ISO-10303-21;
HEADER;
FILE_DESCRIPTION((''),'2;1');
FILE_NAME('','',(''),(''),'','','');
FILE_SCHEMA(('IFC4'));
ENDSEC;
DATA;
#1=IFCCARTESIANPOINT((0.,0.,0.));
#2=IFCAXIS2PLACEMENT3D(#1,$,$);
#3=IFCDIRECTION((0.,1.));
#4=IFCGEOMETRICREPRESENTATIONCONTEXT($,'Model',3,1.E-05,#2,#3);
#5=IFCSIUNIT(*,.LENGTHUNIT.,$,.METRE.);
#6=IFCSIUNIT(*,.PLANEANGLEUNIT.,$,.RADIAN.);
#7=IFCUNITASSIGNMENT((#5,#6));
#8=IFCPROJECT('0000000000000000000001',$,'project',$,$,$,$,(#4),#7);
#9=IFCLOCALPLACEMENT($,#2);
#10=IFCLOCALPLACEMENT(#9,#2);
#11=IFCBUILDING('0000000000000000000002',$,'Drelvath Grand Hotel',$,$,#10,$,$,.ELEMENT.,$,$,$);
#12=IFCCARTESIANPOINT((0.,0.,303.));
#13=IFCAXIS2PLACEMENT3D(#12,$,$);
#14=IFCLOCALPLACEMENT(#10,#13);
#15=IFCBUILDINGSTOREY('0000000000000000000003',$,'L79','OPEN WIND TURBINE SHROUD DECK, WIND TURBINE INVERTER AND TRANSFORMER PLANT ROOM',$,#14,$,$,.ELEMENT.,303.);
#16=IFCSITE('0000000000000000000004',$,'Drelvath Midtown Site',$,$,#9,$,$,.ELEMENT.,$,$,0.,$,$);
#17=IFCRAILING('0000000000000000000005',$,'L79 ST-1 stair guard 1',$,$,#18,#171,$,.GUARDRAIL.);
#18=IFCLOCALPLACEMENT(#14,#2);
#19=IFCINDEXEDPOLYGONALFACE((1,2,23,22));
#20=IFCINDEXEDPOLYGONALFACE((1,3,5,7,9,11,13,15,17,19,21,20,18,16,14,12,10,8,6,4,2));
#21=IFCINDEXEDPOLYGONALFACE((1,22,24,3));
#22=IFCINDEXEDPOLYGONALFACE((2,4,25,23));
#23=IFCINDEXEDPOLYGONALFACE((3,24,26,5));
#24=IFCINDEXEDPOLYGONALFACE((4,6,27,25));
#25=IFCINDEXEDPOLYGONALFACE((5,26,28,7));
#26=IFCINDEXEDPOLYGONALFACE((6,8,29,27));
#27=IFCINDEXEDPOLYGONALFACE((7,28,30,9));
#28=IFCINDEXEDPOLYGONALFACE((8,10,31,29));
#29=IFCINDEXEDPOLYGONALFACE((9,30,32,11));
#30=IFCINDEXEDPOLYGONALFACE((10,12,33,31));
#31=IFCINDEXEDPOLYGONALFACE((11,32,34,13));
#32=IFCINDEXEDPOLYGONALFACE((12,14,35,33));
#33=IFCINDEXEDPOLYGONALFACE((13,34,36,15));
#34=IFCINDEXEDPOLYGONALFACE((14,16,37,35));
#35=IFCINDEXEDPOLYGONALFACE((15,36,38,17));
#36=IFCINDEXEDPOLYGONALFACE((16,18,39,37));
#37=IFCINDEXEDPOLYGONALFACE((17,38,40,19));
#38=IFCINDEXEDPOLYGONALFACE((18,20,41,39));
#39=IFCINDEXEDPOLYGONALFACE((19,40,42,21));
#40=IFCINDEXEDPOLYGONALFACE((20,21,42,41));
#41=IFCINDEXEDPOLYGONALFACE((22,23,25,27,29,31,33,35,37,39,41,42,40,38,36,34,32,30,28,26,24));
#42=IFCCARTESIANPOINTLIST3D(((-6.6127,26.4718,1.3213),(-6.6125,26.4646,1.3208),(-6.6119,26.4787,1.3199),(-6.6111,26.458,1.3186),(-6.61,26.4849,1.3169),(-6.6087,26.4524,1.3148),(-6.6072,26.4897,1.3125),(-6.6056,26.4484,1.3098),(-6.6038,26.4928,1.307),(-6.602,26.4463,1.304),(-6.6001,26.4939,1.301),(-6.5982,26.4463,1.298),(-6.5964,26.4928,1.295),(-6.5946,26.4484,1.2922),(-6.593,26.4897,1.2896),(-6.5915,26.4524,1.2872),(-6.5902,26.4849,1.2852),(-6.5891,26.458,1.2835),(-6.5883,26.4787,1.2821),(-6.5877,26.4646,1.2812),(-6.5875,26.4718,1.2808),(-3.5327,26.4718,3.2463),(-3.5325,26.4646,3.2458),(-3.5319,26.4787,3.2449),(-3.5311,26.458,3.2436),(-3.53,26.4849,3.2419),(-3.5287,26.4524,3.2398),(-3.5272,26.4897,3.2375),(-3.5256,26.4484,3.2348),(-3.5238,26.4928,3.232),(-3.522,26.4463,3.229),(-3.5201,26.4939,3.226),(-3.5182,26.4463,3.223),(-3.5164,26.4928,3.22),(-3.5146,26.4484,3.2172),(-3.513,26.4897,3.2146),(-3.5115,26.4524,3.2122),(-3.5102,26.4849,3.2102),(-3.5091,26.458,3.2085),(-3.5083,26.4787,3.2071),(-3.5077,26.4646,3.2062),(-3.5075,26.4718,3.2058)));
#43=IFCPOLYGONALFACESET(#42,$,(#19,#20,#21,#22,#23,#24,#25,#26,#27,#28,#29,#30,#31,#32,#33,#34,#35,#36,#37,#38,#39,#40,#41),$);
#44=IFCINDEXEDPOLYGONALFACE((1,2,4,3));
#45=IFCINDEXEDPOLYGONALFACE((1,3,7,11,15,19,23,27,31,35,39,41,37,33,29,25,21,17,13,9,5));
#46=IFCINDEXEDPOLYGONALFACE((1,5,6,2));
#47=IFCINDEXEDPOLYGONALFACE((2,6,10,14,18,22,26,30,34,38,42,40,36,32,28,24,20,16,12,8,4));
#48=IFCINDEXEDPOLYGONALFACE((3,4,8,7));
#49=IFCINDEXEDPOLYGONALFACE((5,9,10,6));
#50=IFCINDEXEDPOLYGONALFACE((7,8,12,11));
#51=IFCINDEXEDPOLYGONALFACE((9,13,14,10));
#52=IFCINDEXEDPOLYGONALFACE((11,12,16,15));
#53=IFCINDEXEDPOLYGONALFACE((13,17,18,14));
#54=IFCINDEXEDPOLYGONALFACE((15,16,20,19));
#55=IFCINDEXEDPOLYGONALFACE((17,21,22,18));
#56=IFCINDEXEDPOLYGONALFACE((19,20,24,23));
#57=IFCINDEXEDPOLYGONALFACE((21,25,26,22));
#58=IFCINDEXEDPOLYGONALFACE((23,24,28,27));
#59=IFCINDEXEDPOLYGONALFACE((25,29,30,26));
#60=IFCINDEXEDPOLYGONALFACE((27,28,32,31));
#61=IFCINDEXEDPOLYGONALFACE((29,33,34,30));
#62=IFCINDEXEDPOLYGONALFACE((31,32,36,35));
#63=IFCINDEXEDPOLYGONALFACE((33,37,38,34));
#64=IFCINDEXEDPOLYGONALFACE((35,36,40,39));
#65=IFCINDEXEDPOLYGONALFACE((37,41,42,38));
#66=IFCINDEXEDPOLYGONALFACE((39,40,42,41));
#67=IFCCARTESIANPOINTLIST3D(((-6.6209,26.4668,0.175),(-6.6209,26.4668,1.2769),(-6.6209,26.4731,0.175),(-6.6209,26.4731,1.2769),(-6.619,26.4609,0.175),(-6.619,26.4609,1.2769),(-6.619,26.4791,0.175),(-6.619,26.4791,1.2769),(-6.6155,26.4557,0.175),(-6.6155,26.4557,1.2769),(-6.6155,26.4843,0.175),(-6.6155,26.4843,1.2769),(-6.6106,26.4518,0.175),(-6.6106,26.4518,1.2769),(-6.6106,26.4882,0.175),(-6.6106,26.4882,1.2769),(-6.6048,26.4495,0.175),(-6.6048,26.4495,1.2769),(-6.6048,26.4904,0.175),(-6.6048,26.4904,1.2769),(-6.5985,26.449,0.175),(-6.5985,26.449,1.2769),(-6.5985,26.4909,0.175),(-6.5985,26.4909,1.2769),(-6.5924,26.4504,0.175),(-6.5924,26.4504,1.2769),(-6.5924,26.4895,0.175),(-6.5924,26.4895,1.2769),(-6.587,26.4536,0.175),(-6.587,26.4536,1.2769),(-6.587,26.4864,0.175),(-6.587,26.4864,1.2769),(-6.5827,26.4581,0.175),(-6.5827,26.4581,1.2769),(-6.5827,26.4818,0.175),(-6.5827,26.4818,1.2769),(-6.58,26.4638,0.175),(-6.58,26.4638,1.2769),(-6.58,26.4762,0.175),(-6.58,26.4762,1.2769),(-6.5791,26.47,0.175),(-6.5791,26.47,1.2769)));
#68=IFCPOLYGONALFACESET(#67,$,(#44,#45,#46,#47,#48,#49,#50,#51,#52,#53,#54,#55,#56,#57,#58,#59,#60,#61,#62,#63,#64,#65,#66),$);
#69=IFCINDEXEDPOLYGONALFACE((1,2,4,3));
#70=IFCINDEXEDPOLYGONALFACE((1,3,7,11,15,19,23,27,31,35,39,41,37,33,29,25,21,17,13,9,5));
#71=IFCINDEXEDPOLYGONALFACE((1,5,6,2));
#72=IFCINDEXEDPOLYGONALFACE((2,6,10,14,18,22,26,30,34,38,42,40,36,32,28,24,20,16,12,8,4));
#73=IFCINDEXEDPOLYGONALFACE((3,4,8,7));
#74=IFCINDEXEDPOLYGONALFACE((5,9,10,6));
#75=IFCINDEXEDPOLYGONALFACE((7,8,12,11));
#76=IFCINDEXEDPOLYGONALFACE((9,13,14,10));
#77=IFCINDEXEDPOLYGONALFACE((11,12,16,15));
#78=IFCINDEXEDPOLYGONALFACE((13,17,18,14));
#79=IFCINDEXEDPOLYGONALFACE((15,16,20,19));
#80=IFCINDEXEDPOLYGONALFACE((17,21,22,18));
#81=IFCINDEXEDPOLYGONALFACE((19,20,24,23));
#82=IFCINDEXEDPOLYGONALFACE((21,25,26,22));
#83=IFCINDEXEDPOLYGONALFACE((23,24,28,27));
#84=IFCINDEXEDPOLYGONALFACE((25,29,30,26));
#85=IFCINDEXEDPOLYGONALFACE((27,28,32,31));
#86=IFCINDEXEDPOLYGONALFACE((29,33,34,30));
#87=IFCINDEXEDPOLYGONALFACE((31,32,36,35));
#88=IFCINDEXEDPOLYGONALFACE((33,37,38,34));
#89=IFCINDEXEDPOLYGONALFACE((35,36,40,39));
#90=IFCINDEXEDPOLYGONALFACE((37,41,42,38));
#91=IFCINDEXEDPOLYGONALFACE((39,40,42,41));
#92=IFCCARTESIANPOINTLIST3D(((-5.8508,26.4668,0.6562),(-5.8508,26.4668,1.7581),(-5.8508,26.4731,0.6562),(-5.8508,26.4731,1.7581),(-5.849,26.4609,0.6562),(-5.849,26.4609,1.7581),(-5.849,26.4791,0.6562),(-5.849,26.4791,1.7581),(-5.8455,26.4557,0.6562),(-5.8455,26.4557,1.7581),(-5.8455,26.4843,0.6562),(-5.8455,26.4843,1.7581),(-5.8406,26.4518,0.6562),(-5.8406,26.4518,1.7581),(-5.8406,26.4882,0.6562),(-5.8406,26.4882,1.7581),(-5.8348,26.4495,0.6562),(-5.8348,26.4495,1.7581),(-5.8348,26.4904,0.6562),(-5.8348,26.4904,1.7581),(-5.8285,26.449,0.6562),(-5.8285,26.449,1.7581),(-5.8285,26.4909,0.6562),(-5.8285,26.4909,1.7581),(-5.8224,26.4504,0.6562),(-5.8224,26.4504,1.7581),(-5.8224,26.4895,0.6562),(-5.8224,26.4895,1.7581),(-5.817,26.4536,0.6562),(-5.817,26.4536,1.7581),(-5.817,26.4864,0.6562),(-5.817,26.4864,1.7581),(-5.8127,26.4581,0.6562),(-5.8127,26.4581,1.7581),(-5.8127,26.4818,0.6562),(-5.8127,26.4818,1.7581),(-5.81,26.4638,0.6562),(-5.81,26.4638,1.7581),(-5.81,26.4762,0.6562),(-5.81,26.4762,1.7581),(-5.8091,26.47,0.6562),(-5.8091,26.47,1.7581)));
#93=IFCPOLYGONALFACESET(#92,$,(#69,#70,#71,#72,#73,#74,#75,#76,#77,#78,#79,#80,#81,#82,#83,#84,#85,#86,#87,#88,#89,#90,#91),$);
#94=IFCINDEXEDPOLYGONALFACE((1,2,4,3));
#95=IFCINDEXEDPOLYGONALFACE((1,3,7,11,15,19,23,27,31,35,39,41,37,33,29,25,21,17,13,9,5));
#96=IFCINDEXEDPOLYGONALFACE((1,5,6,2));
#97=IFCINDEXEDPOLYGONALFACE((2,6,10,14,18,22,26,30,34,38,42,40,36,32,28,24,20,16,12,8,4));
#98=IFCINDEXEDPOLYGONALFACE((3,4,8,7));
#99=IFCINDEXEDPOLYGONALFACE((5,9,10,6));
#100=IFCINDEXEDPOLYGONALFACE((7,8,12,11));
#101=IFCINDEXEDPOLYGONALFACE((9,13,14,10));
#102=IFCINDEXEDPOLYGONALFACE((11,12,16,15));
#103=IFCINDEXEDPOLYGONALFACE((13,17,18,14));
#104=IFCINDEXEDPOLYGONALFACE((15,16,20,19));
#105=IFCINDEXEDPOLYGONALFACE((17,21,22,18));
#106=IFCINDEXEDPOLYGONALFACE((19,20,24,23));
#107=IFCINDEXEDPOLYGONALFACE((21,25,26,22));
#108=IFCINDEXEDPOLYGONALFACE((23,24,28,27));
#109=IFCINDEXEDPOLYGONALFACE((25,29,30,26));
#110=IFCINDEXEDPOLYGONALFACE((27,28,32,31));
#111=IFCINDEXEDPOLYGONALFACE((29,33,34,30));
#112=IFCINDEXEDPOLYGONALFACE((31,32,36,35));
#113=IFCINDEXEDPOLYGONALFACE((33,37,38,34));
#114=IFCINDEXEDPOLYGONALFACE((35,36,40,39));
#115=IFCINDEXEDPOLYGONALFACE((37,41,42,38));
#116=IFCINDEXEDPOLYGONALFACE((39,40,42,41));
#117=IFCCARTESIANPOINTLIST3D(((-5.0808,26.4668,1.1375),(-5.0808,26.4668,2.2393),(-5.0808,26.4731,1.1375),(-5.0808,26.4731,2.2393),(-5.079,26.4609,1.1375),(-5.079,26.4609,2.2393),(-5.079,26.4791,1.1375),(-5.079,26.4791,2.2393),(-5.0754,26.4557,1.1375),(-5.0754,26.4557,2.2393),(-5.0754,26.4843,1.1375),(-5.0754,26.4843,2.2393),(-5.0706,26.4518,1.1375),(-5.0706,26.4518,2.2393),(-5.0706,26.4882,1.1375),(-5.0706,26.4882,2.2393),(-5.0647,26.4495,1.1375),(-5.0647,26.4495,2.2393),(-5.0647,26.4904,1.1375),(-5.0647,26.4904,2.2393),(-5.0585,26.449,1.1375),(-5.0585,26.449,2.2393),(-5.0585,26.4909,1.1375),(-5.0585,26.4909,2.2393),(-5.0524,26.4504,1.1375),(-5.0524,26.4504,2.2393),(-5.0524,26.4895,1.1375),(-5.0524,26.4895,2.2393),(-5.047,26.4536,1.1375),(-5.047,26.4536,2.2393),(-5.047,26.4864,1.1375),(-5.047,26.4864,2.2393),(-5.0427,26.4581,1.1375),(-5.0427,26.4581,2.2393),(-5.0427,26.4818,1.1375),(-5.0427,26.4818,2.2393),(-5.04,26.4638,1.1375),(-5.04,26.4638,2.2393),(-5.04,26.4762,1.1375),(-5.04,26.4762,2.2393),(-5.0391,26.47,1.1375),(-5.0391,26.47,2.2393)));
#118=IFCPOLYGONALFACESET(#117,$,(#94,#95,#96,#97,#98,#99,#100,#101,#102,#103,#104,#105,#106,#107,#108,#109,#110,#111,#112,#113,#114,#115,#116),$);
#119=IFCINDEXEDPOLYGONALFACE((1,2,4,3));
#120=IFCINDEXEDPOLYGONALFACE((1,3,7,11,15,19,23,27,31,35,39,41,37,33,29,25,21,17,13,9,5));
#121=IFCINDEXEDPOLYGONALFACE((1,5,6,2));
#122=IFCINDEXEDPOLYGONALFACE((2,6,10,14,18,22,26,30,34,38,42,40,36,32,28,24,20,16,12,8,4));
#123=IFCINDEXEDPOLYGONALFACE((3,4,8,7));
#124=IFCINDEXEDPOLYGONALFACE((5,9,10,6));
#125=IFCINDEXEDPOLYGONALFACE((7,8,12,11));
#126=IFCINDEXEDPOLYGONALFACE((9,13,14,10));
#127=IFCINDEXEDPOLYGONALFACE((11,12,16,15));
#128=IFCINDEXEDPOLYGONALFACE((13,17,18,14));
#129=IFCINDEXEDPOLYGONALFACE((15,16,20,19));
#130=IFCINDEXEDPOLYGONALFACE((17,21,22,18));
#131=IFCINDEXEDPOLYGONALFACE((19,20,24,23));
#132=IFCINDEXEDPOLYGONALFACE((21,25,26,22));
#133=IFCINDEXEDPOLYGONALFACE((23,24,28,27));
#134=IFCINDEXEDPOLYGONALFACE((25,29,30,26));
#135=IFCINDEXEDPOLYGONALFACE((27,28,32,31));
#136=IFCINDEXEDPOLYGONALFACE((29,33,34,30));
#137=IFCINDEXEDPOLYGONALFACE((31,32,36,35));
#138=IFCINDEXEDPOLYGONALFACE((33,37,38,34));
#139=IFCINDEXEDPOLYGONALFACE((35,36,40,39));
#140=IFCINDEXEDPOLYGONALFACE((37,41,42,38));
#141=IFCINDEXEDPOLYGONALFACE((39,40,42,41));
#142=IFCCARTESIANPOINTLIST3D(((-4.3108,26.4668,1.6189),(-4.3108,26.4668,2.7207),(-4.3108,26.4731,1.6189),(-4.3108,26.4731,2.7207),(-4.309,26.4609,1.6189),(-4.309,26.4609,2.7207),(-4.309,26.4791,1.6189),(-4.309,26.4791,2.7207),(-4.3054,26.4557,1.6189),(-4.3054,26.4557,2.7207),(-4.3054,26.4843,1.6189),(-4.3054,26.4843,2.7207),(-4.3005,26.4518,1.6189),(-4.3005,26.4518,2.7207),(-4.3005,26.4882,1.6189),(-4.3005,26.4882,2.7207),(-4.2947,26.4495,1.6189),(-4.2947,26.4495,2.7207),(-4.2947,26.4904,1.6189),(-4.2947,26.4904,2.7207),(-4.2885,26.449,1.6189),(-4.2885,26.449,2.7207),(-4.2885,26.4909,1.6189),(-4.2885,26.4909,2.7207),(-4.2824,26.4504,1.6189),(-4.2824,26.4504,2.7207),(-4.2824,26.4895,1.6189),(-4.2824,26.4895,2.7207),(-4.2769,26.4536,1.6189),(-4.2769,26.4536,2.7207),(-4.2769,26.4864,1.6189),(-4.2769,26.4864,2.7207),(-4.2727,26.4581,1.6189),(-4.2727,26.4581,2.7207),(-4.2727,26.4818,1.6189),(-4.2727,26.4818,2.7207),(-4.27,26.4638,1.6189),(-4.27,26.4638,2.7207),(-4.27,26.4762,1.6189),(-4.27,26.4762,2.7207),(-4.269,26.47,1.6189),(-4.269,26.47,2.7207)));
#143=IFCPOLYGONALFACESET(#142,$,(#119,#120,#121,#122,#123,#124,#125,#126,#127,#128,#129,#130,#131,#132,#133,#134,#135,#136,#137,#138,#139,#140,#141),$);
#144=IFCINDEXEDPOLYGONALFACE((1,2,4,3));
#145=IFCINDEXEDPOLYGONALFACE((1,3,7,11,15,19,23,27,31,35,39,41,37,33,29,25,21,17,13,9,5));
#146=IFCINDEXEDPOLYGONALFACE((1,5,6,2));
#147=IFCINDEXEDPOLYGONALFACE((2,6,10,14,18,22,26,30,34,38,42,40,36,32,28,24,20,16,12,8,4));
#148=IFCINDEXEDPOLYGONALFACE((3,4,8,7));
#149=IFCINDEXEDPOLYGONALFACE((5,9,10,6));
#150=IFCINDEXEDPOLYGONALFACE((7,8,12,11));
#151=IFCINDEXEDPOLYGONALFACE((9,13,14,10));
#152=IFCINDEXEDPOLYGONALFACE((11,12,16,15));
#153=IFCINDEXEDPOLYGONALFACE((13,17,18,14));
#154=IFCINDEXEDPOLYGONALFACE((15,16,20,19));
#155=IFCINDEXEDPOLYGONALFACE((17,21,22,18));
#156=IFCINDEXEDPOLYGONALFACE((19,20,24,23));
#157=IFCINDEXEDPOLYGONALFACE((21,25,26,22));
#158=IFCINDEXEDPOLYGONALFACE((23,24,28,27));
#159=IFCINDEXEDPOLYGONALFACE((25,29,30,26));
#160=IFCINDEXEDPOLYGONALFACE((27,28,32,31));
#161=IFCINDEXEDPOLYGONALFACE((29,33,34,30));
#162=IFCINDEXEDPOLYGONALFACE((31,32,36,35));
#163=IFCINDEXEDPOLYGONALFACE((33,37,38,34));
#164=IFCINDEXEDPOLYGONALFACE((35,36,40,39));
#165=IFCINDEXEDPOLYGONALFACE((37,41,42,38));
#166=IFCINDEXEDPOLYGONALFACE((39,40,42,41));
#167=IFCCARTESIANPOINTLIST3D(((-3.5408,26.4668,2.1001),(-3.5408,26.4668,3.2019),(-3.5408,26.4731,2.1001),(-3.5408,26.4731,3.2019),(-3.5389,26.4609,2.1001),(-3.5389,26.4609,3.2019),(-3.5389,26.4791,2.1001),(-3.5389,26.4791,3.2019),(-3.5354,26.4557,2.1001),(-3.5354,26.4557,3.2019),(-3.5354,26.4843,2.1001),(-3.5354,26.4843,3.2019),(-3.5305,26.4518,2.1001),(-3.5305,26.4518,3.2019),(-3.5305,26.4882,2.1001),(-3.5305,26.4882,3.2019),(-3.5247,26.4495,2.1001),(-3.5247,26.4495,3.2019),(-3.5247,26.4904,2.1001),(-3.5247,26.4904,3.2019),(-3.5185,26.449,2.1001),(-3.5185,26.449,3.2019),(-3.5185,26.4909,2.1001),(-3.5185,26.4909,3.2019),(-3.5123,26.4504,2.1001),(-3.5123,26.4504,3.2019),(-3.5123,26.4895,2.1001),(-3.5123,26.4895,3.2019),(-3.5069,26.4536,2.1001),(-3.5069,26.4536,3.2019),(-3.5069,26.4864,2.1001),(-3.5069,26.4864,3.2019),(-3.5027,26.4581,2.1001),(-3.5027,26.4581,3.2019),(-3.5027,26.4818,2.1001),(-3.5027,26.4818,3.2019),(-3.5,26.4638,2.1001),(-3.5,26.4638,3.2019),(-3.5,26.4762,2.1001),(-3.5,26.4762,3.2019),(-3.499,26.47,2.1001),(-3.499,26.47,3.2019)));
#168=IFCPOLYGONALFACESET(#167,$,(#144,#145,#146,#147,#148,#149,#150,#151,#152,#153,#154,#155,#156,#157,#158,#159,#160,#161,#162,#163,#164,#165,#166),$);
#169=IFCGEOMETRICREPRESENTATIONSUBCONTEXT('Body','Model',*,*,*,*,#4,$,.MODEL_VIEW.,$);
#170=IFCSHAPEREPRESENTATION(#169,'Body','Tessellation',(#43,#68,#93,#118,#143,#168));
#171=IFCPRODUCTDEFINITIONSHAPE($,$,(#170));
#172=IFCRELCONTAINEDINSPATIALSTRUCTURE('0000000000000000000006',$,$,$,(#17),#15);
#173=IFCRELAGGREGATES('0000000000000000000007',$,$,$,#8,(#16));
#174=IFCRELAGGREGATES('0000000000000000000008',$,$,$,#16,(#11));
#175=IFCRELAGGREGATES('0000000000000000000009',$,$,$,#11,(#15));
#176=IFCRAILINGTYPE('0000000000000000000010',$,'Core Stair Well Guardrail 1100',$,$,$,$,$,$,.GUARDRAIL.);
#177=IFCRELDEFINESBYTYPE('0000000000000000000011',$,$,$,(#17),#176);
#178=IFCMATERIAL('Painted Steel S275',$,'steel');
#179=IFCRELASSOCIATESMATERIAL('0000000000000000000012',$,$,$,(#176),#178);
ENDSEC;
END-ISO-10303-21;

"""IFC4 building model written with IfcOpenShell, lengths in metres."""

from ifc_helpers import new_model, si_unit, direction, frame, origin, origin_2d, place, context, subcontext, project, spatial, circle, extrude, material, type_object, element, save


model = new_model("IFC4")

# Units and contexts
model_context = context("Model", 3, precision=1e-05, world=origin(), true_north=direction((0.0, 1.0)))
body_context = subcontext(model_context, "Body", "Model", "MODEL_VIEW")
ifc_project = project(units=[si_unit("LENGTHUNIT", "METRE"), si_unit("PLANEANGLEUNIT", "RADIAN")], contexts=[model_context])

# Site, building, storey
site_placement = place(None, origin())
site = spatial("IfcSite", under=ifc_project, at=site_placement, Name="Drelvath Midtown Site", CompositionType="ELEMENT", RefElevation=0.0)
building_placement = place(site_placement, origin())
building = spatial("IfcBuilding", under=site, at=building_placement, Name="Drelvath Grand Hotel", CompositionType="ELEMENT")
storey_placement = place(building_placement, frame((0.0, 0.0, 303.0)))
storey = spatial("IfcBuildingStorey", under=building, at=storey_placement, Name="L79", Description="OPEN WIND TURBINE SHROUD DECK, WIND TURBINE INVERTER AND TRANSFORMER PLANT ROOM", CompositionType="ELEMENT", Elevation=303.0)

# Shared definitions
ifc_material_1 = material(Name="Painted Steel S275", Category="steel")

# Railing
railing_type_1 = type_object("IfcRailingType", Name="Core Stair Well Guardrail 1100", PredefinedType="GUARDRAIL", material=ifc_material_1)
railing_1_placement = place(storey_placement, frame((-6.6001, 26.47, 0.175)))
element("IfcRailing", 1, at=railing_1_placement, inside=storey, type_object=railing_type_1, Name="L79 ST-1 stair guard 1", PredefinedType="GUARDRAIL", context=body_context, shape_type="SweptSolid", body=[
    extrude(circle(Radius=0.0239, at=origin_2d()), frame((0.0, 0.0, 1.126), z_axis=(0.847998, 0.0, 0.529999), x_axis=(0.0, 1.0, 0.0)), (0.0, 0.0, 1.0), 3.6321),
    extrude(circle(Radius=0.021, at=origin_2d()), origin(), (0.0, 0.0, 1.0), 1.1018),
    extrude(circle(Radius=0.021, at=origin_2d()), frame((0.77, 0.0, 0.4812)), (0.0, 0.0, 1.0), 1.1018),
    extrude(circle(Radius=0.021, at=origin_2d()), frame((1.54, 0.0, 0.9624)), (0.0, 0.0, 1.0), 1.1018),
    extrude(circle(Radius=0.021, at=origin_2d()), frame((2.3101, 0.0, 1.4438)), (0.0, 0.0, 1.0), 1.1018),
    extrude(circle(Radius=0.021, at=origin_2d()), frame((3.0801, 0.0, 1.925)), (0.0, 0.0, 1.0), 1.1018),
])

save(model, "model.ifc")
